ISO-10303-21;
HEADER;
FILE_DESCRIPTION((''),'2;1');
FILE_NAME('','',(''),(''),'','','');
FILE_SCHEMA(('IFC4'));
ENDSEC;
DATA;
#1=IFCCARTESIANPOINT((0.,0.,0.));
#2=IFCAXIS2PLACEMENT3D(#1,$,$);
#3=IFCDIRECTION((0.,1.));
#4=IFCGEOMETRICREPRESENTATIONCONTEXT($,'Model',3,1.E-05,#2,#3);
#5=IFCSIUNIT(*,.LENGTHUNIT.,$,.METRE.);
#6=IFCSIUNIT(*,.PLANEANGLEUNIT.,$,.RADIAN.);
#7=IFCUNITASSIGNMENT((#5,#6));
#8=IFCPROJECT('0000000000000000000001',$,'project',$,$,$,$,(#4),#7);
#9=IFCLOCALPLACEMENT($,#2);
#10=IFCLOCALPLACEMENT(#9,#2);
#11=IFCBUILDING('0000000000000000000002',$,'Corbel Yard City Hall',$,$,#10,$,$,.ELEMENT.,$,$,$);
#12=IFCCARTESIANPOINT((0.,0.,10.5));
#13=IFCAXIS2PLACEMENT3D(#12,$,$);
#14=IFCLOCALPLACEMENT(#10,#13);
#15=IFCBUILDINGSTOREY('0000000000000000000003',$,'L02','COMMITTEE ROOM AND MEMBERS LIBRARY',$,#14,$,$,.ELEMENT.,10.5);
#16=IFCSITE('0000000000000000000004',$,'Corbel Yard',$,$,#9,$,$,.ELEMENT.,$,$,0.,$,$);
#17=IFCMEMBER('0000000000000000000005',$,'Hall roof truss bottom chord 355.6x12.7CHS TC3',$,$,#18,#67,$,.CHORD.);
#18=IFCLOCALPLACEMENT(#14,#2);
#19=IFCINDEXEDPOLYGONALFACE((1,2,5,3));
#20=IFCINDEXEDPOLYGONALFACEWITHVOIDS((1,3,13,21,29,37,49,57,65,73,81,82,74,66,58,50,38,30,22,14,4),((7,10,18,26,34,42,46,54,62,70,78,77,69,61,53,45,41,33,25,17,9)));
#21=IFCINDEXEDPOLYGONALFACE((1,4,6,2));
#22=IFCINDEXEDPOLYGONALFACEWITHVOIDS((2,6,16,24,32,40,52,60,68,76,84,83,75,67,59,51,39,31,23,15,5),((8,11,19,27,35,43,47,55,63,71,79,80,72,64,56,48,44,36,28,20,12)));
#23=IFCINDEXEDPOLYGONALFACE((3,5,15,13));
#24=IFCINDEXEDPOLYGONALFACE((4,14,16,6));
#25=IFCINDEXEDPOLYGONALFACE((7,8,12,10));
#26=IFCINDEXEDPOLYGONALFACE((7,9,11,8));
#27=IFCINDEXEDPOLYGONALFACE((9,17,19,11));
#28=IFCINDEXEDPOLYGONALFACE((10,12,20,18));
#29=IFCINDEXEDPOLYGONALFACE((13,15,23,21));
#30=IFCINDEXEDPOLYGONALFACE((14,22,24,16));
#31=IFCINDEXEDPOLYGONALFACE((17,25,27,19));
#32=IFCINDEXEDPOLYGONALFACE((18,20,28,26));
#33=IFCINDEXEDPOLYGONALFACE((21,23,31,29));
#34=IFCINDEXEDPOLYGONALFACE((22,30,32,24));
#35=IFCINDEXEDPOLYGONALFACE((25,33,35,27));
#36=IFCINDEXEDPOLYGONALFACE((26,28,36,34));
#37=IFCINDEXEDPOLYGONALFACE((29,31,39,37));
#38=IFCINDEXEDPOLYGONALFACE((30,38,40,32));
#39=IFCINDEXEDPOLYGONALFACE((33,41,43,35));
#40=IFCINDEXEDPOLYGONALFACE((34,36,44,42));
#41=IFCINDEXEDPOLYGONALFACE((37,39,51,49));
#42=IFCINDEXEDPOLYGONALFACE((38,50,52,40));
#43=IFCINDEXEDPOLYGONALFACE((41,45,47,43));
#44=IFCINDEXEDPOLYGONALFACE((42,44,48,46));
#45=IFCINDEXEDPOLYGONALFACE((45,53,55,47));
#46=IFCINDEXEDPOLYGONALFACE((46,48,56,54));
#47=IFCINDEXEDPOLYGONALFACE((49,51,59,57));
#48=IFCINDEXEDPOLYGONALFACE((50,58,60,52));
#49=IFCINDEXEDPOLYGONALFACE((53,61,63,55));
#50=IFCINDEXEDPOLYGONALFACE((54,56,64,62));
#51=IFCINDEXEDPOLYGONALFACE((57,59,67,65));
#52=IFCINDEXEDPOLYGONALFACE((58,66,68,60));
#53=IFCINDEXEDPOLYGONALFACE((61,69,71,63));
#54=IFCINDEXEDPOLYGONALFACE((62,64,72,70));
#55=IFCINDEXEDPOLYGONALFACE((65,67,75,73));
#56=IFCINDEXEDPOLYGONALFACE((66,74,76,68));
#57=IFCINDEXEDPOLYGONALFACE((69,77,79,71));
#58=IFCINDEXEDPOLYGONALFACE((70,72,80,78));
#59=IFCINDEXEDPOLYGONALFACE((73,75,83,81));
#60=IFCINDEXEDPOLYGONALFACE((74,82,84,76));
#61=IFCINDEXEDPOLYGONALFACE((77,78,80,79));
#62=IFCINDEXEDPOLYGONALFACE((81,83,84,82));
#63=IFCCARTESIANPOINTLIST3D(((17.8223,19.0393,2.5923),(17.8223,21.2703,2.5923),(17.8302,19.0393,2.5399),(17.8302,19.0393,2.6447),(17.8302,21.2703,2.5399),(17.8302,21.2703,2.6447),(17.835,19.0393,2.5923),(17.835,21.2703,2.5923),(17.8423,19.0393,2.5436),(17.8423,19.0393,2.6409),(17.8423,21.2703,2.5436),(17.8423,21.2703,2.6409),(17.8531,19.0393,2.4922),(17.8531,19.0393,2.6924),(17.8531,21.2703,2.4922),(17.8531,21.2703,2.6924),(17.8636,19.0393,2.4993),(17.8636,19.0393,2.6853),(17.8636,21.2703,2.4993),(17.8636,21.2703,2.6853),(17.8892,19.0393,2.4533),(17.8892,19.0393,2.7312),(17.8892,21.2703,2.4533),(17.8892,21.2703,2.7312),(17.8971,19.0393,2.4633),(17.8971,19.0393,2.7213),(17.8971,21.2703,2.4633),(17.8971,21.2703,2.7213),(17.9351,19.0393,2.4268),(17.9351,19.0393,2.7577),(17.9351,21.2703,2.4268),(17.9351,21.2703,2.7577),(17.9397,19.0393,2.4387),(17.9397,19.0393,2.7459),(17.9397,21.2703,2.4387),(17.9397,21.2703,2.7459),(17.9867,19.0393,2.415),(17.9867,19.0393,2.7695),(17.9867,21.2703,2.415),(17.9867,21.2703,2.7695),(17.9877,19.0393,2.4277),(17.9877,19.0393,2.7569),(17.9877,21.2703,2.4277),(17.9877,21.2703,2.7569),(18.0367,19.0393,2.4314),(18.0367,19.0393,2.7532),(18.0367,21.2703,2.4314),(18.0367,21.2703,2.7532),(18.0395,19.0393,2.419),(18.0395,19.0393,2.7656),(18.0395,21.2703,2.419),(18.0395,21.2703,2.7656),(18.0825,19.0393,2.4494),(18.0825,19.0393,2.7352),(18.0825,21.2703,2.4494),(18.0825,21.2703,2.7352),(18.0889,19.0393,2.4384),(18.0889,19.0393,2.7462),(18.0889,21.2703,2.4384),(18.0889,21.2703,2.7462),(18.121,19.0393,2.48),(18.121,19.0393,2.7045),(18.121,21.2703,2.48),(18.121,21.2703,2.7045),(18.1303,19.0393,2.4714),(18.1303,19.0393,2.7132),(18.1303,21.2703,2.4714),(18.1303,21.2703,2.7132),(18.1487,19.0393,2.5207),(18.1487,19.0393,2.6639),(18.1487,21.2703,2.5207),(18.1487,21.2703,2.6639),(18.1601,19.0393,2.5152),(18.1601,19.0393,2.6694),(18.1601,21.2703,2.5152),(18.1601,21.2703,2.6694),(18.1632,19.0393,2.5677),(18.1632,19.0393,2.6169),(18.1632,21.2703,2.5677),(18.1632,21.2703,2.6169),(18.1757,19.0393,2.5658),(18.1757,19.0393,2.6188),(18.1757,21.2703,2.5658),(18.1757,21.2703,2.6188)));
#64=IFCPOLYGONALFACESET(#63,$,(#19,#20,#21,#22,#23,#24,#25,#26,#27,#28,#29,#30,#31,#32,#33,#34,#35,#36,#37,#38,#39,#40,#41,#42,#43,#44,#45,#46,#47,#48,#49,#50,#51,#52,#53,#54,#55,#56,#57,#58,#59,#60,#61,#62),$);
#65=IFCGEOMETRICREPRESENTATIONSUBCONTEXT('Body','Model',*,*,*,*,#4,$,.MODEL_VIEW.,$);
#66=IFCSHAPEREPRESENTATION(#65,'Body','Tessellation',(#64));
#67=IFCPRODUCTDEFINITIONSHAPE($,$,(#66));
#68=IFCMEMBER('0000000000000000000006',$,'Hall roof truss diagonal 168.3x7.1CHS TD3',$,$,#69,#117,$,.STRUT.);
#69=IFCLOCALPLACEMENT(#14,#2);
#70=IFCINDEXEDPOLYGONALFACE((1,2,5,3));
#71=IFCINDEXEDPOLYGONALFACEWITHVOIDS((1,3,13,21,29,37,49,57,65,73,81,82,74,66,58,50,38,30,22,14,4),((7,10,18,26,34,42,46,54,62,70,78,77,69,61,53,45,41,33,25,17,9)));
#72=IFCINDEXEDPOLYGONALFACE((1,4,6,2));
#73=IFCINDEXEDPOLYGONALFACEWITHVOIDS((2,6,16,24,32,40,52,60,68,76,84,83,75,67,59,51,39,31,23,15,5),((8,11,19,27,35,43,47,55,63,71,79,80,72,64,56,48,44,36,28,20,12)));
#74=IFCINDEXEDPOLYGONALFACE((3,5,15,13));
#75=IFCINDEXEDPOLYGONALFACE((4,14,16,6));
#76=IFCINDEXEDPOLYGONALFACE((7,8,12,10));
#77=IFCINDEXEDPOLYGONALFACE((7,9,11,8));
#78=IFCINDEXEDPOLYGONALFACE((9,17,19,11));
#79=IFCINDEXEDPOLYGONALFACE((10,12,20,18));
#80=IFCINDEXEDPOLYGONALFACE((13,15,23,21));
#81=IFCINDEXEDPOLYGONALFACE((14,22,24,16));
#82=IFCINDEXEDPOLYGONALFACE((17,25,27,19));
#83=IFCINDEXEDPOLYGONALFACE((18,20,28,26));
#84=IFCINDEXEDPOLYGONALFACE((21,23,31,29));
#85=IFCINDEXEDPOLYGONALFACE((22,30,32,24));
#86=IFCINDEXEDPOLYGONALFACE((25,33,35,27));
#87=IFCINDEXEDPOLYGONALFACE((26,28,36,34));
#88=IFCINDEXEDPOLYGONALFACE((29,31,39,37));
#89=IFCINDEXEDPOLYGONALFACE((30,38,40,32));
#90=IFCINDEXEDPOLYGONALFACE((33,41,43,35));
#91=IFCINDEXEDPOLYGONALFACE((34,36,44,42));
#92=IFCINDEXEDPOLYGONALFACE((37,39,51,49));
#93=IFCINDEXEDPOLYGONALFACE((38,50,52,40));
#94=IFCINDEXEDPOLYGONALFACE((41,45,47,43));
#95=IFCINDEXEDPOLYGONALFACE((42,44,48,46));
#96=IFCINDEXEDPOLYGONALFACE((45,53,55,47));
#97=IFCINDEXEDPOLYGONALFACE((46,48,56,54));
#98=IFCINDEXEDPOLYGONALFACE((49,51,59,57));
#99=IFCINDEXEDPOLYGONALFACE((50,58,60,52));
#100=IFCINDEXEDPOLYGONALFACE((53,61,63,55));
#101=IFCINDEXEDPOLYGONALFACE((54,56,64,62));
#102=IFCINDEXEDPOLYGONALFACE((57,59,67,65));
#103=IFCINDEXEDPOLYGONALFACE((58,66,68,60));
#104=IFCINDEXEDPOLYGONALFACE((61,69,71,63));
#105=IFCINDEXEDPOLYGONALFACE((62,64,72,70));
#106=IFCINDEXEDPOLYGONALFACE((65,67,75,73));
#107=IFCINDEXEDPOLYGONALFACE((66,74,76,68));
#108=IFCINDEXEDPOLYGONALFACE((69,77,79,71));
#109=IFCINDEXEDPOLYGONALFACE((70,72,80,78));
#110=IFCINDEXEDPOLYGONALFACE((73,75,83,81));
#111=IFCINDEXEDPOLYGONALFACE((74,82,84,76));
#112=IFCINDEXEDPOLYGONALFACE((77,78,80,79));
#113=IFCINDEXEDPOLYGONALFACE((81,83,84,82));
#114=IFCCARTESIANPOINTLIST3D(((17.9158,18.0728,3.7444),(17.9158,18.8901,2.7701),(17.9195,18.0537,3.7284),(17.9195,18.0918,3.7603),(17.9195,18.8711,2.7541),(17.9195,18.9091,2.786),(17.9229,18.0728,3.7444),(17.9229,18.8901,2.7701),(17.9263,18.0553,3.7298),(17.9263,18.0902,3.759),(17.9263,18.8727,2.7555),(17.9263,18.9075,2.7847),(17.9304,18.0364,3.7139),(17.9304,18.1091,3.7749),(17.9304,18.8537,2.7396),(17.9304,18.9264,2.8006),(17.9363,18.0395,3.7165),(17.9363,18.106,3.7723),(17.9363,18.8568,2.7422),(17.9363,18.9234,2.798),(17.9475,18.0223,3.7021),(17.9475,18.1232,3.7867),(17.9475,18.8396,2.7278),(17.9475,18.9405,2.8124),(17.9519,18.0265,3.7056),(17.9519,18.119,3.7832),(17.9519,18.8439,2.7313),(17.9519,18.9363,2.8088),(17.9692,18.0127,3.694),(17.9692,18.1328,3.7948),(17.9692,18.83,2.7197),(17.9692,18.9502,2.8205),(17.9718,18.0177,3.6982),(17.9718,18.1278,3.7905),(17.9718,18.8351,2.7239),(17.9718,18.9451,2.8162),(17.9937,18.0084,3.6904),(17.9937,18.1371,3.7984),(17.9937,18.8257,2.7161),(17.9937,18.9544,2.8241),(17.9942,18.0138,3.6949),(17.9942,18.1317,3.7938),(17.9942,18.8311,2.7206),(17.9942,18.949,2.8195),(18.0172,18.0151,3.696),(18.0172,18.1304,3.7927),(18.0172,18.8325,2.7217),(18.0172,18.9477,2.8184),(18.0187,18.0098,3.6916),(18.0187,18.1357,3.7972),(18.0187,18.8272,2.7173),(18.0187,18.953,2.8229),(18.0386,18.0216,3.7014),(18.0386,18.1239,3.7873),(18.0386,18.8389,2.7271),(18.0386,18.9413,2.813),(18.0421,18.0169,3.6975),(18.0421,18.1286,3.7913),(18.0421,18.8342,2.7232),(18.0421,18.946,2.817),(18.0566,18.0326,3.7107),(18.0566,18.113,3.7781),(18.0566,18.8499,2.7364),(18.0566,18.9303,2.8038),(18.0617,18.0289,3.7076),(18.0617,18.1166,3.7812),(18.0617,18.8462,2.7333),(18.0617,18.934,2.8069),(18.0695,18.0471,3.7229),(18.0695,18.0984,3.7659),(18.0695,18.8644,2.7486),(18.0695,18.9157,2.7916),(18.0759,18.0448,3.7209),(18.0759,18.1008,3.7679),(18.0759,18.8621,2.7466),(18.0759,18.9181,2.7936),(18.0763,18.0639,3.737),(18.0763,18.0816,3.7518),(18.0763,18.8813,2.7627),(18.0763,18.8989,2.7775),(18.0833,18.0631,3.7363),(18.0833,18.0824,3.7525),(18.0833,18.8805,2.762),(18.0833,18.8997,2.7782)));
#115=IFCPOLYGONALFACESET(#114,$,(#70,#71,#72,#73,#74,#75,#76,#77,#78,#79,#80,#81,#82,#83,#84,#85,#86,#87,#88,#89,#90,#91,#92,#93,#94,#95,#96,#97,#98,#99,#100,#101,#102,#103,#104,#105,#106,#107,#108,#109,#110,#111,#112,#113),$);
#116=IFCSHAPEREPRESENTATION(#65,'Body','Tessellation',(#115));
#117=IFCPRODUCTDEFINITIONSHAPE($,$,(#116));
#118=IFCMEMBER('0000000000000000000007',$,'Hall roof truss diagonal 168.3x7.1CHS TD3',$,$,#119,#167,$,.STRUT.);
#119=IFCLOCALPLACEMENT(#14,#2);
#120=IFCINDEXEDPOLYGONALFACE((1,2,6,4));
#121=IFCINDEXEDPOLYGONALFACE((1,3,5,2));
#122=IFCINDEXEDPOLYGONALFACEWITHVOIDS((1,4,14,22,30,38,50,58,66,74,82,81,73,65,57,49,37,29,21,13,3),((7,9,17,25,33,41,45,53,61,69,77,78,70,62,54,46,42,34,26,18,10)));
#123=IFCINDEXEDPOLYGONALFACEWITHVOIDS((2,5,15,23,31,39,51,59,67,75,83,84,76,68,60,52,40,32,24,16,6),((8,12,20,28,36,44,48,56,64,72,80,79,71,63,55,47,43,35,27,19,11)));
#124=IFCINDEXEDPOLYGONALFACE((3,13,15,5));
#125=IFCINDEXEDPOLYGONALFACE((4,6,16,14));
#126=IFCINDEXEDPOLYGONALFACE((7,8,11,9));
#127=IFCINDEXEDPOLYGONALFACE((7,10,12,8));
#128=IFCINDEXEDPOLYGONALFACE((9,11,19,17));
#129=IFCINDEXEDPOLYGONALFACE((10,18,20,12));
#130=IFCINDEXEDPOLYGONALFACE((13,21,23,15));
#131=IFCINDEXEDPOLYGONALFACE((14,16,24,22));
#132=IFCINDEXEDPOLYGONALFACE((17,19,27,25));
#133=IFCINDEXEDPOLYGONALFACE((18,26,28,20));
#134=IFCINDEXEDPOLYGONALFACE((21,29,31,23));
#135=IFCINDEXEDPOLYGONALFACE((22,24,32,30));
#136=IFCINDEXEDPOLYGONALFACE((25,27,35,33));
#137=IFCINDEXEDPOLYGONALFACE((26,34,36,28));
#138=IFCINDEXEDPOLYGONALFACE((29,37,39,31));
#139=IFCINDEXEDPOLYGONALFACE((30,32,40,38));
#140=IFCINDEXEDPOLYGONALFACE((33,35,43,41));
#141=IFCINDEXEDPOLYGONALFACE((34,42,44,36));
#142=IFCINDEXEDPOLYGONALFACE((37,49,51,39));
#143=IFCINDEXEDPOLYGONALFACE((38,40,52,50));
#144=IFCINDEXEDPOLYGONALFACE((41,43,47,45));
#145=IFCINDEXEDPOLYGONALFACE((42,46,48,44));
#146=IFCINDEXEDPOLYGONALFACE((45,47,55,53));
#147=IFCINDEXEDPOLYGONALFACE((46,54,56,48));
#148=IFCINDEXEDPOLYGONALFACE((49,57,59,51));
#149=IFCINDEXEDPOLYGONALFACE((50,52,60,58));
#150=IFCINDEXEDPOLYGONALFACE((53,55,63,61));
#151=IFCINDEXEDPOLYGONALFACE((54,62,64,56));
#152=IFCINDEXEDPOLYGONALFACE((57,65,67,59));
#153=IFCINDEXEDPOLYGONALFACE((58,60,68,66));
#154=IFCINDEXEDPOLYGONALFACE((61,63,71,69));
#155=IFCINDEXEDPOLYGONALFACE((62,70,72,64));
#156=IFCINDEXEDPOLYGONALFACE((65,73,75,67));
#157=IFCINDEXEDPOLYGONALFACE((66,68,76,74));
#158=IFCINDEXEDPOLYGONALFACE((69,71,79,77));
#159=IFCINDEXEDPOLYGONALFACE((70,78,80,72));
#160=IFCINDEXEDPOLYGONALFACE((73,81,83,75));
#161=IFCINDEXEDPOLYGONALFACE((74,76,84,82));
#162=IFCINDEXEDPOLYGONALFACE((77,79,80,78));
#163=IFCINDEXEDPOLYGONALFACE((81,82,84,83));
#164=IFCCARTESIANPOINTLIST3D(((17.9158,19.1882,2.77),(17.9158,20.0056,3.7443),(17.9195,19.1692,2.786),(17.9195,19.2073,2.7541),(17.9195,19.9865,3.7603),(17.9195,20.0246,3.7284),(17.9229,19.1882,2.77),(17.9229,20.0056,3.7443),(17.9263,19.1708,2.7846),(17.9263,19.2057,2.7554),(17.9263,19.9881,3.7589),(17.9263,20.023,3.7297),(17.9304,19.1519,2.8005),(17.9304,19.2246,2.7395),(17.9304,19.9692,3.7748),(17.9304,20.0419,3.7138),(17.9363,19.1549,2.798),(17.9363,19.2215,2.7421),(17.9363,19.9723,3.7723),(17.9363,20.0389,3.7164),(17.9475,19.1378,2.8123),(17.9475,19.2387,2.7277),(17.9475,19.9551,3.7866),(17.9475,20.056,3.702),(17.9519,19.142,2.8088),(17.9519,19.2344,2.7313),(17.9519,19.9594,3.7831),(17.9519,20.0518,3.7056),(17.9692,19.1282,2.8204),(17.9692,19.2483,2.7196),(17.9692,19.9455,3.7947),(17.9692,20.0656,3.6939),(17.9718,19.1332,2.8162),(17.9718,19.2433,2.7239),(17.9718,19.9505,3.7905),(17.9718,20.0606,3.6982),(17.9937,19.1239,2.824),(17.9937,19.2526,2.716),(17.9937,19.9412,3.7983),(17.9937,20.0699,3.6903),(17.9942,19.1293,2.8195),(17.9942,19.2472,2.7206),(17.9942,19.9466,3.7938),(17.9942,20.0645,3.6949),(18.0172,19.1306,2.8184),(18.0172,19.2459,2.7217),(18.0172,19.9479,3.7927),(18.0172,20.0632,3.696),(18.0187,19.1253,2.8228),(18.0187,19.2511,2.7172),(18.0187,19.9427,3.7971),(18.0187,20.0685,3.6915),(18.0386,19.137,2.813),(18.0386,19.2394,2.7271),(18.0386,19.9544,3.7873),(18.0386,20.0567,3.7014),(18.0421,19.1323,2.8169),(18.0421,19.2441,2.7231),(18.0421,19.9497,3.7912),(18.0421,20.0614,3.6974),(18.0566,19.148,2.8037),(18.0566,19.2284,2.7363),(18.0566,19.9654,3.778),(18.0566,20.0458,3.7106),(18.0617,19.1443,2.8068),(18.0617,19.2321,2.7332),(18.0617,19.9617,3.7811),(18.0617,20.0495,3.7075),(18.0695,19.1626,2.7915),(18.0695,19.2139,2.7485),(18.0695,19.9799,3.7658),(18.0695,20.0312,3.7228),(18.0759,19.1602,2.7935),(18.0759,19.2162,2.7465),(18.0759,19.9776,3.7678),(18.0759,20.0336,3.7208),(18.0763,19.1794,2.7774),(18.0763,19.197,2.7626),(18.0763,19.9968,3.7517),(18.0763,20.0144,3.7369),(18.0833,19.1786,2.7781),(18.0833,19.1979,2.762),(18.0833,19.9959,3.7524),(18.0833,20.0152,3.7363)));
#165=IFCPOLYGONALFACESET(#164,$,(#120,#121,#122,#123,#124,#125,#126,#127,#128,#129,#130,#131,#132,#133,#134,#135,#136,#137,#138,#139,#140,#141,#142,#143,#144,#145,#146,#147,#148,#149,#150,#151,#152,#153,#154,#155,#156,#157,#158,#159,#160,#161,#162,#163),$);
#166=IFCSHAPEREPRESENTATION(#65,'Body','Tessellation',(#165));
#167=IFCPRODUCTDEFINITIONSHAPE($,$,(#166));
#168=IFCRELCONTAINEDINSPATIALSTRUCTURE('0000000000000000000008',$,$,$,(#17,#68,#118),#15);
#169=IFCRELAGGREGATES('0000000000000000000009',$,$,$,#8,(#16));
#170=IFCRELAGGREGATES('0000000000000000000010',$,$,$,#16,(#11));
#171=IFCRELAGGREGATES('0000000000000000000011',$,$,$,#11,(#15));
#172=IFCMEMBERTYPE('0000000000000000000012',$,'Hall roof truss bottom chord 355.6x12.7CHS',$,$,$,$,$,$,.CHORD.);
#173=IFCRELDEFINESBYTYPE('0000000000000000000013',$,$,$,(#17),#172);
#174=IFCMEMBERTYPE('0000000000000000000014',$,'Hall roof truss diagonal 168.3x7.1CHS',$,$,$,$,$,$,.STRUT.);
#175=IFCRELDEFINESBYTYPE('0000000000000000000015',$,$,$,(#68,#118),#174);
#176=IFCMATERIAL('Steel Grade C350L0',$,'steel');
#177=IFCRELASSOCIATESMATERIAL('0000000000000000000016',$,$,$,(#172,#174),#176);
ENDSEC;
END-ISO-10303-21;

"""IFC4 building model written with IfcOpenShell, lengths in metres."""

from ifc_helpers import new_model, si_unit, direction, frame, origin, origin_2d, place, context, subcontext, project, spatial, hollow_circle, extrude, material, material_profile, profile_set, type_object, element, save


model = new_model("IFC4")

# Units and contexts
model_context = context("Model", 3, precision=1e-05, world=origin(), true_north=direction((0.0, 1.0)))
body_context = subcontext(model_context, "Body", "Model", "MODEL_VIEW")
ifc_project = project(units=[si_unit("LENGTHUNIT", "METRE"), si_unit("PLANEANGLEUNIT", "RADIAN")], contexts=[model_context])

# Site, building, storey
site_placement = place(None, origin())
site = spatial("IfcSite", under=ifc_project, at=site_placement, Name="Corbel Yard", CompositionType="ELEMENT", RefElevation=0.0)
building_placement = place(site_placement, origin())
building = spatial("IfcBuilding", under=site, at=building_placement, Name="Corbel Yard City Hall", CompositionType="ELEMENT")
storey_placement = place(building_placement, frame((0.0, 0.0, 10.5)))
storey = spatial("IfcBuildingStorey", under=building, at=storey_placement, Name="L02", Description="COMMITTEE ROOM AND MEMBERS LIBRARY", CompositionType="ELEMENT", Elevation=10.5)

# Members
ifc_material_1 = material(Name="Steel Grade C350L0", Category="steel")
ifc_material_profile_1 = material_profile(ifc_material_1, hollow_circle(Radius=0.1777, WallThickness=0.0127, at=origin_2d()), Name="355.6x12.7CHS")
ifc_profile_set_1 = profile_set([ifc_material_profile_1], Name="Steel Grade C350L0")
member_type_1 = type_object("IfcMemberType", Name="Hall roof truss bottom chord 355.6x12.7CHS", PredefinedType="CHORD", material=ifc_profile_set_1)
member_1_placement = place(storey_placement, frame((18.0, 19.0393, 2.5923), z_axis=(0.0, 1.0, 0.0), x_axis=(-1.0, 0.0, 0.0)))
element("IfcMember", 1, at=member_1_placement, inside=storey, type_object=member_type_1, Name="Hall roof truss bottom chord 355.6x12.7CHS TC3", PredefinedType="CHORD", context=body_context, shape_type="SweptSolid", body=[
    extrude(hollow_circle(Radius=0.1777, WallThickness=0.0127, at=origin_2d()), origin(), (0.0, 0.0, 1.0), 2.231),
])
ifc_material_profile_2 = material_profile(ifc_material_1, hollow_circle(Radius=0.0842, WallThickness=0.0071, at=origin_2d()), Name="168.3x7.1CHS")
ifc_profile_set_2 = profile_set([ifc_material_profile_2], Name="Steel Grade C350L0")
member_type_2 = type_object("IfcMemberType", Name="Hall roof truss diagonal 168.3x7.1CHS", PredefinedType="STRUT", material=ifc_profile_set_2)
for number, where, z_axis, x_axis, name in (
    (2, (18.0, 18.0728, 3.7444), (0.0, 0.642692, -0.766124), (-1.0, 0.0, 0.0), "Hall roof truss diagonal 168.3x7.1CHS TD3"),
    (3, (18.0, 19.1882, 2.77), (0.0, 0.642692, 0.766124), (-1.0, 0.0, 0.0), "Hall roof truss diagonal 168.3x7.1CHS TD3"),
):
    element("IfcMember", number, at=place(storey_placement, frame(where, z_axis=z_axis, x_axis=x_axis)), inside=storey, type_object=member_type_2, Name=name, PredefinedType="STRUT", context=body_context, shape_type="SweptSolid", body=[
        extrude(hollow_circle(Radius=0.0842, WallThickness=0.0071, at=origin_2d()), origin(), (0.0, 0.0, 1.0), 1.2717),
    ])

save(model, "model.ifc")
